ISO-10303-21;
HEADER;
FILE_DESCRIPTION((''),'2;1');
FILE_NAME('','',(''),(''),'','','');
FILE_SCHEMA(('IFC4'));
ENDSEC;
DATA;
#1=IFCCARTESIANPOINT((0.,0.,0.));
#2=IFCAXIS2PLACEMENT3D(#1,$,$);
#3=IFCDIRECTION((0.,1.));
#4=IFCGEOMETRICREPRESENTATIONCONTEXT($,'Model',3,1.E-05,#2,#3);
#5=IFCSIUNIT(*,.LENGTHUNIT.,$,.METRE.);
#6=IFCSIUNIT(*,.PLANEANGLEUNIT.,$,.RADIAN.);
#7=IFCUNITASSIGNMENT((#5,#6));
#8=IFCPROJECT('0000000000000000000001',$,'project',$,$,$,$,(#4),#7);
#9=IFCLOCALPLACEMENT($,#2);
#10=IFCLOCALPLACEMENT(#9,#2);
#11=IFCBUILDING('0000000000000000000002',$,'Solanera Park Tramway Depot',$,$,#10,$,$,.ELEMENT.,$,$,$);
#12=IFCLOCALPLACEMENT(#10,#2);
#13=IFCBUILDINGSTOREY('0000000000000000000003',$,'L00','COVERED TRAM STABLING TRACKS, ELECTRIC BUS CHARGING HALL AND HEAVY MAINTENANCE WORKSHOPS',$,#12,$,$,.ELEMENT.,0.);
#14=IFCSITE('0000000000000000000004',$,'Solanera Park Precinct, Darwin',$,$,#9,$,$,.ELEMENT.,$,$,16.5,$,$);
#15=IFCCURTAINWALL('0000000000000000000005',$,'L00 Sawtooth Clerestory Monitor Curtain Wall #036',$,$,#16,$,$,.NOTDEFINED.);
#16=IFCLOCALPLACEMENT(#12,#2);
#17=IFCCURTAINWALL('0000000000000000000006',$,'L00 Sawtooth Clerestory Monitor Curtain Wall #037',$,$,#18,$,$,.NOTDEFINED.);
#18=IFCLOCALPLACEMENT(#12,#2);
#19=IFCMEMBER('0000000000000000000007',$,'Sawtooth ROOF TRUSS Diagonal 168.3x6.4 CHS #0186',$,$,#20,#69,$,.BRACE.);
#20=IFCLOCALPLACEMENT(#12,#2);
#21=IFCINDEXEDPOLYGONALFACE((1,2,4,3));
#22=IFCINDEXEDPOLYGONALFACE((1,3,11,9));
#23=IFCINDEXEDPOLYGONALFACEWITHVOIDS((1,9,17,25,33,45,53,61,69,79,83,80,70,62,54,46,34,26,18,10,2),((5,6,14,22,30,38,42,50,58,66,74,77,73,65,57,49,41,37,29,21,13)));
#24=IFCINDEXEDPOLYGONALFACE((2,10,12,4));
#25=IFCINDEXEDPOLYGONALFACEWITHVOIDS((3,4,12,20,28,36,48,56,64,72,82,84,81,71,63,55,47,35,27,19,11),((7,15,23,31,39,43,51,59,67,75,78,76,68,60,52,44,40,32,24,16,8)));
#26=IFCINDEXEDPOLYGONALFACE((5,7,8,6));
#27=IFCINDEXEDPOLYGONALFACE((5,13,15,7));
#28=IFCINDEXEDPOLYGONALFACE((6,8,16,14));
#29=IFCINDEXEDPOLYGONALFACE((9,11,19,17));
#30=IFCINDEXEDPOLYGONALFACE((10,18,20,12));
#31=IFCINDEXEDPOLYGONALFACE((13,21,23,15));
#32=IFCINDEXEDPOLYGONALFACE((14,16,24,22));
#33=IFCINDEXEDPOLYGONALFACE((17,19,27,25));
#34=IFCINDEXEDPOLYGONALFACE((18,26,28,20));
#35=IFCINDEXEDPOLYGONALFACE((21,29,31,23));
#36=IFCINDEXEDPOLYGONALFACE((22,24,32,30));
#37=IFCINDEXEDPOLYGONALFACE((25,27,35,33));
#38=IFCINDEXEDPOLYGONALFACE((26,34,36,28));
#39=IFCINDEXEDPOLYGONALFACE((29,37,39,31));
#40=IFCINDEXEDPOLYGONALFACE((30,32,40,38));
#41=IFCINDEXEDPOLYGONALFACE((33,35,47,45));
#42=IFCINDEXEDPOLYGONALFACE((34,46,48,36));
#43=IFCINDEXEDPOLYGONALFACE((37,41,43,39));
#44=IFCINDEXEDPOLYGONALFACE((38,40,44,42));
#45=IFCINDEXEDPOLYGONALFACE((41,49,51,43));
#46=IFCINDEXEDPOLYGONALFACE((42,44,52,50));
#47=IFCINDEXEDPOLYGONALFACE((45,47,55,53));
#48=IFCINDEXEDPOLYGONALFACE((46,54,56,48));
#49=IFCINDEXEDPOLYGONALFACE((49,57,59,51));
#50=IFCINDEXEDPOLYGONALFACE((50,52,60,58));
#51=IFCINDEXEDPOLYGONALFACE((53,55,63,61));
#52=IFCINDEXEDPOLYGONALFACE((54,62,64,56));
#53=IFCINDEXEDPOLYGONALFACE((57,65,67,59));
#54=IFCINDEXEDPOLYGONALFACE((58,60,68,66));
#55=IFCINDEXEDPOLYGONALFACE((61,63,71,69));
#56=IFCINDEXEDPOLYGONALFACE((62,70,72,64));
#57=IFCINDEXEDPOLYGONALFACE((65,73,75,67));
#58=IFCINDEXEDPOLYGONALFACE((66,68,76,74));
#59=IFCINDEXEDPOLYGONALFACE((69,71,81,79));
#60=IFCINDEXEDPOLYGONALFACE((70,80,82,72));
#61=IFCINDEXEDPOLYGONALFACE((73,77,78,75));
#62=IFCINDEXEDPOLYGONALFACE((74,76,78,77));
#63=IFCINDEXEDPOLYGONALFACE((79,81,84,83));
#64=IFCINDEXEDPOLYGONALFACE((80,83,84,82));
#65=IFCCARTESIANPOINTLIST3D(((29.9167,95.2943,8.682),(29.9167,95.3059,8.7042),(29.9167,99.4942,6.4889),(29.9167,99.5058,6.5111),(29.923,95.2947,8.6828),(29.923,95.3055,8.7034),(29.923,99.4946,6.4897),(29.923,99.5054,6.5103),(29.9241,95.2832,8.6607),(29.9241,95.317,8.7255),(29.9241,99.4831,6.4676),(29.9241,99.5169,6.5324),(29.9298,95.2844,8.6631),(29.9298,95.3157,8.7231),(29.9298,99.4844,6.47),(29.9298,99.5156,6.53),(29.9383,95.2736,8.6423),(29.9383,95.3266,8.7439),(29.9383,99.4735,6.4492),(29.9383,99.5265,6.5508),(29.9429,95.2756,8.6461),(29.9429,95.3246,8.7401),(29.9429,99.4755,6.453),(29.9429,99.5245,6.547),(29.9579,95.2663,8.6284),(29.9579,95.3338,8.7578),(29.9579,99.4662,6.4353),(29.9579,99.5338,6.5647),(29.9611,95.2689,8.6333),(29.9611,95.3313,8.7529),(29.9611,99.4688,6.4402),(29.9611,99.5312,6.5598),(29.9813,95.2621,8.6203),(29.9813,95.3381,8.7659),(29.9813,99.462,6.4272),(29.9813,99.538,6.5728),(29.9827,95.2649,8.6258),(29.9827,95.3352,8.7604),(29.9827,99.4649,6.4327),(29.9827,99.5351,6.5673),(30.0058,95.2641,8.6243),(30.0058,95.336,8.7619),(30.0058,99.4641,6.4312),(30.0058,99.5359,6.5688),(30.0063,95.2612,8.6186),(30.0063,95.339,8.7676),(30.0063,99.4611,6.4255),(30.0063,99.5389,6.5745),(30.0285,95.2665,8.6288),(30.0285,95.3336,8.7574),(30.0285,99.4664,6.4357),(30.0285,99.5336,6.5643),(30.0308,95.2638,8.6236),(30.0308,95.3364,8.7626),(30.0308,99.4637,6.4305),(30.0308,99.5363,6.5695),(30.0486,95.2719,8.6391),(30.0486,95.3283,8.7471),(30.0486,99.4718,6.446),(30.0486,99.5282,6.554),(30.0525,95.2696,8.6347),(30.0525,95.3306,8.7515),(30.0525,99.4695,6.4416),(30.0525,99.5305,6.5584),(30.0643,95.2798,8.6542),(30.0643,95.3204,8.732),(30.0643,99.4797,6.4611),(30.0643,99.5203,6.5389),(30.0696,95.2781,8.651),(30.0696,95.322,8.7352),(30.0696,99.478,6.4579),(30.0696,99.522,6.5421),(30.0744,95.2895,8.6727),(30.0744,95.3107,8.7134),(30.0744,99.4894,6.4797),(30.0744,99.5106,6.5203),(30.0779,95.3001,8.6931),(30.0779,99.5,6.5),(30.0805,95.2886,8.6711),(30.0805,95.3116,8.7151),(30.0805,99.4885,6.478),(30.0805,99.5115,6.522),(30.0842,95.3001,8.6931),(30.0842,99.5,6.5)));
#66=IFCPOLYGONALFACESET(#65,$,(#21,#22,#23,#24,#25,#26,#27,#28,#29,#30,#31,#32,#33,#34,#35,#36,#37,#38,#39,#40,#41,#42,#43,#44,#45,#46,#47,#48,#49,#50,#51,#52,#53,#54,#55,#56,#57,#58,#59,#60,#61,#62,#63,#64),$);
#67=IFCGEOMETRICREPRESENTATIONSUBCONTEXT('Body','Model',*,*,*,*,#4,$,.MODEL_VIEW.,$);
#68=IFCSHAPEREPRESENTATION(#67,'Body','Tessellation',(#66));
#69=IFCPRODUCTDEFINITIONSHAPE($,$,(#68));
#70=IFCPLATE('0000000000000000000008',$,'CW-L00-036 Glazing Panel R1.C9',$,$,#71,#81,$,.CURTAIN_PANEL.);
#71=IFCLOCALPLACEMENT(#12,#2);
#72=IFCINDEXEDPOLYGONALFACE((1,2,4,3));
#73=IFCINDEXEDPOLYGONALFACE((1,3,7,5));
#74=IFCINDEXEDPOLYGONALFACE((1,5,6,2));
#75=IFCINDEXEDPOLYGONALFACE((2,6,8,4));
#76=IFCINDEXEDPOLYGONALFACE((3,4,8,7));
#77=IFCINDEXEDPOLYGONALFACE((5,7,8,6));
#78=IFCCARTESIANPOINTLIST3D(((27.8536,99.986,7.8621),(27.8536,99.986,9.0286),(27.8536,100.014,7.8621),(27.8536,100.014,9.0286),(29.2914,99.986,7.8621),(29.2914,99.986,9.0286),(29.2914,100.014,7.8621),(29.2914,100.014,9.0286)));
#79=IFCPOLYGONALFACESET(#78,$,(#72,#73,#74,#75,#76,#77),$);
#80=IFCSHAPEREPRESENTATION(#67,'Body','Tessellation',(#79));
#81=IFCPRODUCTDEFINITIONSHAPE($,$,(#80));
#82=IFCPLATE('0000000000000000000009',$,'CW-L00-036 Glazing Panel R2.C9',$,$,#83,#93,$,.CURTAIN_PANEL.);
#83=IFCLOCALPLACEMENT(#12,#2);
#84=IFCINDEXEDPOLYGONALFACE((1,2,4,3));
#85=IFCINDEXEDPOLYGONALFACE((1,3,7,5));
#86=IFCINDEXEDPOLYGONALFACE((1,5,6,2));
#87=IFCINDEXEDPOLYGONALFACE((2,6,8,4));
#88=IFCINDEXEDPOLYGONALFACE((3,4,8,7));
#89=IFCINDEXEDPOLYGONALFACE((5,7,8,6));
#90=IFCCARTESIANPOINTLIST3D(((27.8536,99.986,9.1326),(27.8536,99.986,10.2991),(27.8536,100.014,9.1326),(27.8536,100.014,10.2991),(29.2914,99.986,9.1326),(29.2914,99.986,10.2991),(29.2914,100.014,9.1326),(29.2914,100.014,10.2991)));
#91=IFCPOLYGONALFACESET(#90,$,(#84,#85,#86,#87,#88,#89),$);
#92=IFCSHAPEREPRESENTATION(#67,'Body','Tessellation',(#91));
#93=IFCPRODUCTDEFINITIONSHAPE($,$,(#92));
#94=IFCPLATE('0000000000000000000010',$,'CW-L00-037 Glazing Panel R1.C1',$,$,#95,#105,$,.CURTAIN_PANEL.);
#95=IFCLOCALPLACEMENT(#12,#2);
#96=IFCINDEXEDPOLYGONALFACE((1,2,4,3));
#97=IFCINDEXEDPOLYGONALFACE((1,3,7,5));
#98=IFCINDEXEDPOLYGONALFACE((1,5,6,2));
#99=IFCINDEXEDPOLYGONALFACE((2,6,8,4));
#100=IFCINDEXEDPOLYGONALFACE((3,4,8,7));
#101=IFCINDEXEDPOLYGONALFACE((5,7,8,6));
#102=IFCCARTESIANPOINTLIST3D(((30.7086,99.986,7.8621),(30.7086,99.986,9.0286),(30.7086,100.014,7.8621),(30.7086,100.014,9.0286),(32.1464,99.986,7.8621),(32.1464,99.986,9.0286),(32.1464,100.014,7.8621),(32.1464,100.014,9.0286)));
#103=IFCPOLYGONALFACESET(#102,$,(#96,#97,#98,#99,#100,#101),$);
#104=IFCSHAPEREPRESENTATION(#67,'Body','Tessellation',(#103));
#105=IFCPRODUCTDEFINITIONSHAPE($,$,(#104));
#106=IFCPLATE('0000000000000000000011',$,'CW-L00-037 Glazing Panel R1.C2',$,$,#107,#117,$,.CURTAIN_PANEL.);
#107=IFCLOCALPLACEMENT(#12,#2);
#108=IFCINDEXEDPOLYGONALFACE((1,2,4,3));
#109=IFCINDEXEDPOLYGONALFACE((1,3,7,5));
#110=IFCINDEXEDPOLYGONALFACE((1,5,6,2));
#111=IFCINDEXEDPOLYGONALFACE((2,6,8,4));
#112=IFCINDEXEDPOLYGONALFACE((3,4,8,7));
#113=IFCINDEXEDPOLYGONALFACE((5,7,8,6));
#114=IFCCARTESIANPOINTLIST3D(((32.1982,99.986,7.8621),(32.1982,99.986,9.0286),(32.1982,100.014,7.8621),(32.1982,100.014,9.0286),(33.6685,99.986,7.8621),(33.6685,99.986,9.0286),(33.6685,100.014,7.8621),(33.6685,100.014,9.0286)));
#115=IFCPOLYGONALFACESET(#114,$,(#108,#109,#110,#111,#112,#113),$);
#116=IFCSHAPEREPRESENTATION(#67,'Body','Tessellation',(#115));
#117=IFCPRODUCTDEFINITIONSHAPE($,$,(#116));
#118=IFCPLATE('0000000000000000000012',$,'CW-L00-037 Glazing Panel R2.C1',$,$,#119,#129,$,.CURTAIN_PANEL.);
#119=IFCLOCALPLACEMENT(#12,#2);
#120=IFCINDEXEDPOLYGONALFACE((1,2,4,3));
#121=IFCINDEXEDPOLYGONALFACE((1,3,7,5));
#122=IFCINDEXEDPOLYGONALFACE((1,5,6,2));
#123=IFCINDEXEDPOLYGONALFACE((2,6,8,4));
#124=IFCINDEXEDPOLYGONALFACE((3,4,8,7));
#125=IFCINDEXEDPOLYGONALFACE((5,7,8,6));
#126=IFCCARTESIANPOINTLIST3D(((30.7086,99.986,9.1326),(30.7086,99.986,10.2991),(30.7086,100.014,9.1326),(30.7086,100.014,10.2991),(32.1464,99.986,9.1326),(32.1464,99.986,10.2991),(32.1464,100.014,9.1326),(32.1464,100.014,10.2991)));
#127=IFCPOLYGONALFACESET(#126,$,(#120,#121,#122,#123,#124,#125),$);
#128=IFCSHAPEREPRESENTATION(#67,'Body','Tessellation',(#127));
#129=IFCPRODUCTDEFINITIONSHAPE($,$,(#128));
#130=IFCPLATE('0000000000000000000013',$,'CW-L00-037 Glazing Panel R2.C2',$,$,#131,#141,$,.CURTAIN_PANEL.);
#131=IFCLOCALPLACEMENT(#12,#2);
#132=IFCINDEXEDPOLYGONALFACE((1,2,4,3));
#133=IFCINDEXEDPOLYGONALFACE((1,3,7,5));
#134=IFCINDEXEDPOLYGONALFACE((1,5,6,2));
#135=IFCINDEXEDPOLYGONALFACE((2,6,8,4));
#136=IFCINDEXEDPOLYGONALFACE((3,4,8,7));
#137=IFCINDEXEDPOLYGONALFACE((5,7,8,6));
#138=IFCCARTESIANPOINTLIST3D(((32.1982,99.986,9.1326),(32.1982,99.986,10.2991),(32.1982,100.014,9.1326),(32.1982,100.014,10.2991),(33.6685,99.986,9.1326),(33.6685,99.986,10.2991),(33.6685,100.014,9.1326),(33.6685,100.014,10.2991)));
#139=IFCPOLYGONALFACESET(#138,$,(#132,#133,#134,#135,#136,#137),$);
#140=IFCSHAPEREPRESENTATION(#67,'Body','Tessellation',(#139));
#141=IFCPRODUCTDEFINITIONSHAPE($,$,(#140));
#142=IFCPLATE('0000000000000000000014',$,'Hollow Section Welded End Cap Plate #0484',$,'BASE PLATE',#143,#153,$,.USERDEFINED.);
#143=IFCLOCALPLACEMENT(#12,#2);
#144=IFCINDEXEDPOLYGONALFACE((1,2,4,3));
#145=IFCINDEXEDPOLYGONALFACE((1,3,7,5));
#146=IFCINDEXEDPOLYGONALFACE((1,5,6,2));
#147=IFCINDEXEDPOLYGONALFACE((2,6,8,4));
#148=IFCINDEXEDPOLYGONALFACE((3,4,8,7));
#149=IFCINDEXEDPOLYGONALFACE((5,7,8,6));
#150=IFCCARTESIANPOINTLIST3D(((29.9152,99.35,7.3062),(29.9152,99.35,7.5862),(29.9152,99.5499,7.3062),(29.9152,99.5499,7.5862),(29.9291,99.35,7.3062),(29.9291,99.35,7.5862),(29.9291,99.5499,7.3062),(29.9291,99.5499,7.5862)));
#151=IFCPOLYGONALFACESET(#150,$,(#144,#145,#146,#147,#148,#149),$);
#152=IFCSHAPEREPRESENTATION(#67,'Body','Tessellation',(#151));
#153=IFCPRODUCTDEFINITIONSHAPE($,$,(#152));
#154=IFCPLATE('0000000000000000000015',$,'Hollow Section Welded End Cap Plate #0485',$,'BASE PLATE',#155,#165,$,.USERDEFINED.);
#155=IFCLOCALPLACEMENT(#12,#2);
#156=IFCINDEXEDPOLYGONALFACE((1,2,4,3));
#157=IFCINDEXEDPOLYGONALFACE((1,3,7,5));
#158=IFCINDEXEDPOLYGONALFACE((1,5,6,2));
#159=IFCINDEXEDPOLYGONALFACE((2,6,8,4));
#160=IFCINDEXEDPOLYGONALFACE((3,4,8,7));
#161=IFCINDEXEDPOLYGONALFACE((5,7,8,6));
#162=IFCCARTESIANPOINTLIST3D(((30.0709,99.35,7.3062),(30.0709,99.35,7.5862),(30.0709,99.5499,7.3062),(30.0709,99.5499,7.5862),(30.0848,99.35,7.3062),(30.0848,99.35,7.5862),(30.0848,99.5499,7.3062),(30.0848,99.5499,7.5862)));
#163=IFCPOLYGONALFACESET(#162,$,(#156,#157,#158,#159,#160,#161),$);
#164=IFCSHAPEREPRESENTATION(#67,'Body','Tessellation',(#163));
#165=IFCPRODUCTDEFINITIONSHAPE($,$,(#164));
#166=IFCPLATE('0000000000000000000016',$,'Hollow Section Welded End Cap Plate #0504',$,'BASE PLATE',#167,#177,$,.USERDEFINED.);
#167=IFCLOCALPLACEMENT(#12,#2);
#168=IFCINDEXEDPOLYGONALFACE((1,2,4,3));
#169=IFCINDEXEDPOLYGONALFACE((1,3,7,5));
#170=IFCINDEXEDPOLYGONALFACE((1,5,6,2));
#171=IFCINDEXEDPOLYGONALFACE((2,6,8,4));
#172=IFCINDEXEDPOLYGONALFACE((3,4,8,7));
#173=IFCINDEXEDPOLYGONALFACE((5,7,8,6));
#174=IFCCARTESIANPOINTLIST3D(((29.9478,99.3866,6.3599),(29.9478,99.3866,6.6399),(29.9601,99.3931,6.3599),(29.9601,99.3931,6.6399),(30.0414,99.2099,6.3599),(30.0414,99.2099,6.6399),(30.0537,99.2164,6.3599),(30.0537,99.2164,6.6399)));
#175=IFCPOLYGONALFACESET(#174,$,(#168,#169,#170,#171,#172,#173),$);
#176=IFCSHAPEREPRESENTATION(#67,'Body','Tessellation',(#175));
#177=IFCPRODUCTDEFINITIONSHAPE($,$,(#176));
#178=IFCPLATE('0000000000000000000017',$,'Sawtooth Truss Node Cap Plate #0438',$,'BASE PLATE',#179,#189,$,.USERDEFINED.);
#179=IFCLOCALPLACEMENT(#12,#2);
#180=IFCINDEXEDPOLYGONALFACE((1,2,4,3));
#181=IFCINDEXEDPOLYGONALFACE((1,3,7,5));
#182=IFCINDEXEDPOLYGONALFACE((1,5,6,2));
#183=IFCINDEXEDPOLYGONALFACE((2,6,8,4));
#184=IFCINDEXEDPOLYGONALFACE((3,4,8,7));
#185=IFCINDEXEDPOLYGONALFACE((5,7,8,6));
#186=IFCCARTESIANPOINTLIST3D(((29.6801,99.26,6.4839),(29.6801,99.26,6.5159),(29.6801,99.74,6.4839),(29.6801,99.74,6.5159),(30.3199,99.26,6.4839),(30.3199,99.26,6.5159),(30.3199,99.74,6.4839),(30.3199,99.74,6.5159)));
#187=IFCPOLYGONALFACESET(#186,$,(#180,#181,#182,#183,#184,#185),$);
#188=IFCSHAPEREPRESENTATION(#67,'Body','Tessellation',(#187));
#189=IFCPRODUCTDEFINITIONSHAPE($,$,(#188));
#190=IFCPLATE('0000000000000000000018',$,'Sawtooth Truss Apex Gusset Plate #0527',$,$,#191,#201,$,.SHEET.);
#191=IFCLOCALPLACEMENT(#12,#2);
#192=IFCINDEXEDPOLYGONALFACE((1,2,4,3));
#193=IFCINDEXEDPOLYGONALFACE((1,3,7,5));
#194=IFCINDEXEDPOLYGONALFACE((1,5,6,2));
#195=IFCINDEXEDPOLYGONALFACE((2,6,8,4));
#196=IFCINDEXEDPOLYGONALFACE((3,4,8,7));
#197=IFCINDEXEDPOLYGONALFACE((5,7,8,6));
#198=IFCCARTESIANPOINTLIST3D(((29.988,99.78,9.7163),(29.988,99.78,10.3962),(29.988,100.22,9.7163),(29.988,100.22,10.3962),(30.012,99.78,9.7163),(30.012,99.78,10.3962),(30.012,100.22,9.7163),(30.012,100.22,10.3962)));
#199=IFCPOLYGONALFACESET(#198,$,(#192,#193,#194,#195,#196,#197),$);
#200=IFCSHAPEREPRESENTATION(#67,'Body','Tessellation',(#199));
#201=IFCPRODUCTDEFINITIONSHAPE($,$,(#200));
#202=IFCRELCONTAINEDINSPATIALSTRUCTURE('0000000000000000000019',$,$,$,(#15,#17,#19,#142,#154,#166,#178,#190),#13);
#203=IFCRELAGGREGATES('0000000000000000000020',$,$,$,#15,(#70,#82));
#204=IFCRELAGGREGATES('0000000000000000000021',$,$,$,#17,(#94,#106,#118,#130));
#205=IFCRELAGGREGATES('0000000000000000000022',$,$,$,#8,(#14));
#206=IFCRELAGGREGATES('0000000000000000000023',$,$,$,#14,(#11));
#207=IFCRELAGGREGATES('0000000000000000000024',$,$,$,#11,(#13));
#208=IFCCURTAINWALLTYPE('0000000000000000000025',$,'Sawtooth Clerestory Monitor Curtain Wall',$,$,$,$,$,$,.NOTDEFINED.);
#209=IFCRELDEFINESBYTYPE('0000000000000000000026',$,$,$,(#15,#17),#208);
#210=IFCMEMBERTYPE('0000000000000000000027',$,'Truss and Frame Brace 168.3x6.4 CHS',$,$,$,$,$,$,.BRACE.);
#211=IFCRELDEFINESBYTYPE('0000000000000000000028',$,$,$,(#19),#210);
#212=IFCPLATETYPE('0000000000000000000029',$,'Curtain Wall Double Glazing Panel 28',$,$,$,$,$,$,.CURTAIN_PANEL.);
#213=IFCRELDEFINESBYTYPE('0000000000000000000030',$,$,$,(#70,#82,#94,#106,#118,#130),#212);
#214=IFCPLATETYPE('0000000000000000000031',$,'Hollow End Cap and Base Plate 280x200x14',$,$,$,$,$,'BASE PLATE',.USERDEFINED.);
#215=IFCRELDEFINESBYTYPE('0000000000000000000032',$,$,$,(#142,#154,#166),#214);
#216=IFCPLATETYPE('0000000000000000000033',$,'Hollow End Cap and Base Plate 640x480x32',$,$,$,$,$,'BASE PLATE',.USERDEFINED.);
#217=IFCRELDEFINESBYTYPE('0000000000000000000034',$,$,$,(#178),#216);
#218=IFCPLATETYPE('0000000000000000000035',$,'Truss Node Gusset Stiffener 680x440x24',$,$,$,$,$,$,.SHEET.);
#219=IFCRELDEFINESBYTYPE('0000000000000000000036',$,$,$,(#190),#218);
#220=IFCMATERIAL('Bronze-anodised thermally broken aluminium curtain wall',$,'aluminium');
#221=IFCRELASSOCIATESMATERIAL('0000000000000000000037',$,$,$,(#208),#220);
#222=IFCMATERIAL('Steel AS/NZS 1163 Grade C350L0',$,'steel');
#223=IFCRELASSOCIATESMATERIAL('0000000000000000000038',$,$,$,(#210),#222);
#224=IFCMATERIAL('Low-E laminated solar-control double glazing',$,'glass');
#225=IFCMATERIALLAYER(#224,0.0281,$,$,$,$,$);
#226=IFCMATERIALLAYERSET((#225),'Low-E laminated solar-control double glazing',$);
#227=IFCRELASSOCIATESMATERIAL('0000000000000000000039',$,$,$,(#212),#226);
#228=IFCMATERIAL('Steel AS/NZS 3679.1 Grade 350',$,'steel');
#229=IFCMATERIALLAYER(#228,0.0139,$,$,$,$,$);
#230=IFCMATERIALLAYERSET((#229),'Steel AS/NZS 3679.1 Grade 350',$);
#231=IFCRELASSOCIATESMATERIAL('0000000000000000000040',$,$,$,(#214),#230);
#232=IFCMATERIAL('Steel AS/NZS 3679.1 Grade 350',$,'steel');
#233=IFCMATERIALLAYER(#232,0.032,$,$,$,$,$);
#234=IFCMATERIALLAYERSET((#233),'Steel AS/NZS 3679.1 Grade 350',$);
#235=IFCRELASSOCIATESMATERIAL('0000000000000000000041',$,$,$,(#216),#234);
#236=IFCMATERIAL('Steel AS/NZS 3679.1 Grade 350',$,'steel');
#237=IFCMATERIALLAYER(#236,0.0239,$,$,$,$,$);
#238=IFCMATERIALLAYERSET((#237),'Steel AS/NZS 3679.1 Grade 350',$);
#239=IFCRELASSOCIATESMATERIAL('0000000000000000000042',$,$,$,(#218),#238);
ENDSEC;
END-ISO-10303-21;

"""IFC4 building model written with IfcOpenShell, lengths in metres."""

from ifc_helpers import new_model, si_unit, direction, frame, origin, origin_2d, place, context, subcontext, project, spatial, rectangle, hollow_circle, extrude, material, layer, layer_set, material_profile, profile_set, type_object, element, aggregate, save


model = new_model("IFC4")

# Units and contexts
model_context = context("Model", 3, precision=1e-05, world=origin(), true_north=direction((0.0, 1.0)))
body_context = subcontext(model_context, "Body", "Model", "MODEL_VIEW")
ifc_project = project(units=[si_unit("LENGTHUNIT", "METRE"), si_unit("PLANEANGLEUNIT", "RADIAN")], contexts=[model_context])

# Site, building, storey
site_placement = place(None, origin())
site = spatial("IfcSite", under=ifc_project, at=site_placement, Name="Solanera Park Precinct, Darwin", CompositionType="ELEMENT", RefElevation=16.5)
building_placement = place(site_placement, origin())
building = spatial("IfcBuilding", under=site, at=building_placement, Name="Solanera Park Tramway Depot", CompositionType="ELEMENT")
storey_placement = place(building_placement, origin())
storey = spatial("IfcBuildingStorey", under=building, at=storey_placement, Name="L00", Description="COVERED TRAM STABLING TRACKS, ELECTRIC BUS CHARGING HALL AND HEAVY MAINTENANCE WORKSHOPS", CompositionType="ELEMENT", Elevation=0.0)

# Curtain wall
ifc_material_1 = material(Name="Bronze-anodised thermally broken aluminium curtain wall", Category="aluminium")
curtain_wall_type = type_object("IfcCurtainWallType", Name="Sawtooth Clerestory Monitor Curtain Wall", PredefinedType="NOTDEFINED", material=ifc_material_1)
curtain_wall_1_placement = place(storey_placement, origin())
curtain_wall_1 = element("IfcCurtainWall", 1, at=curtain_wall_1_placement, inside=storey, type_object=curtain_wall_type, Name="L00 Sawtooth Clerestory Monitor Curtain Wall #036", PredefinedType="NOTDEFINED")

# Curtain wall
curtain_wall_2_placement = place(storey_placement, origin())
curtain_wall_2 = element("IfcCurtainWall", 2, at=curtain_wall_2_placement, inside=storey, type_object=curtain_wall_type, Name="L00 Sawtooth Clerestory Monitor Curtain Wall #037", PredefinedType="NOTDEFINED")

# Member
ifc_material_2 = material(Name="Steel AS/NZS 1163 Grade C350L0", Category="steel")
ifc_material_profile_1 = material_profile(ifc_material_2, hollow_circle(Radius=0.0842, WallThickness=0.0063, at=origin_2d()), Name="168.3x6.4 CHS")
ifc_profile_set_1 = profile_set([ifc_material_profile_1], Name="Steel AS/NZS 1163 Grade C350L0")
member_type_1 = type_object("IfcMemberType", Name="Truss and Frame Brace 168.3x6.4 CHS", PredefinedType="BRACE", material=ifc_profile_set_1)
member_1_placement = place(storey_placement, frame((30.0, 99.5, 6.5), z_axis=(0.0, -0.886426, 0.462871), x_axis=(1.0, 0.0, 0.0)))
element("IfcMember", 3, at=member_1_placement, inside=storey, type_object=member_type_1, Name="Sawtooth ROOF TRUSS Diagonal 168.3x6.4 CHS #0186", PredefinedType="BRACE", context=body_context, shape_type="SweptSolid", body=[
    extrude(hollow_circle(Radius=0.0842, WallThickness=0.0063, at=origin_2d()), origin(), (0.0, 0.0, 1.0), 4.738),
])

# Plates
ifc_material_3 = material(Name="Low-E laminated solar-control double glazing", Category="glass")
ifc_layer_1 = layer(ifc_material_3, 0.0281)
ifc_layer_set_1 = layer_set([ifc_layer_1], Name="Low-E laminated solar-control double glazing")
plate_type_1 = type_object("IfcPlateType", Name="Curtain Wall Double Glazing Panel 28", PredefinedType="CURTAIN_PANEL", material=ifc_layer_set_1)
plate_1_placement = place(storey_placement, frame((28.5725, 100.0, 7.8621), z_axis=(0.0, 0.0, 1.0), x_axis=(1.0, 0.0, 0.0)))
plate_1 = element("IfcPlate", 4, at=plate_1_placement, type_object=plate_type_1, Name="CW-L00-036 Glazing Panel R1.C9", PredefinedType="CURTAIN_PANEL", context=body_context, shape_type="SweptSolid", body=[
    extrude(rectangle(XDim=1.4377, YDim=0.0281, at=origin_2d()), origin(), (0.0, 0.0, 1.0), 1.1665),
])
plate_2_placement = place(storey_placement, frame((28.5725, 100.0, 9.1326), z_axis=(0.0, 0.0, 1.0), x_axis=(1.0, 0.0, 0.0)))
plate_2 = element("IfcPlate", 5, at=plate_2_placement, type_object=plate_type_1, Name="CW-L00-036 Glazing Panel R2.C9", PredefinedType="CURTAIN_PANEL", context=body_context, shape_type="SweptSolid", body=[
    extrude(rectangle(XDim=1.4377, YDim=0.0281, at=origin_2d()), origin(), (0.0, 0.0, 1.0), 1.1665),
])
aggregate(curtain_wall_1, [plate_1, plate_2])
plate_3_placement = place(storey_placement, frame((31.4275, 100.0, 7.8621), z_axis=(0.0, 0.0, 1.0), x_axis=(1.0, 0.0, 0.0)))
plate_3 = element("IfcPlate", 6, at=plate_3_placement, type_object=plate_type_1, Name="CW-L00-037 Glazing Panel R1.C1", PredefinedType="CURTAIN_PANEL", context=body_context, shape_type="SweptSolid", body=[
    extrude(rectangle(XDim=1.4377, YDim=0.0281, at=origin_2d()), origin(), (0.0, 0.0, 1.0), 1.1665),
])
plate_4_placement = place(storey_placement, frame((32.9333, 100.0, 7.8621), z_axis=(0.0, 0.0, 1.0), x_axis=(1.0, 0.0, 0.0)))
plate_4 = element("IfcPlate", 7, at=plate_4_placement, type_object=plate_type_1, Name="CW-L00-037 Glazing Panel R1.C2", PredefinedType="CURTAIN_PANEL", context=body_context, shape_type="SweptSolid", body=[
    extrude(rectangle(XDim=1.4702, YDim=0.0281, at=origin_2d()), origin(), (0.0, 0.0, 1.0), 1.1665),
])
plate_5_placement = place(storey_placement, frame((31.4275, 100.0, 9.1326), z_axis=(0.0, 0.0, 1.0), x_axis=(1.0, 0.0, 0.0)))
plate_5 = element("IfcPlate", 8, at=plate_5_placement, type_object=plate_type_1, Name="CW-L00-037 Glazing Panel R2.C1", PredefinedType="CURTAIN_PANEL", context=body_context, shape_type="SweptSolid", body=[
    extrude(rectangle(XDim=1.4377, YDim=0.0281, at=origin_2d()), origin(), (0.0, 0.0, 1.0), 1.1665),
])
plate_6_placement = place(storey_placement, frame((32.9333, 100.0, 9.1326), z_axis=(0.0, 0.0, 1.0), x_axis=(1.0, 0.0, 0.0)))
plate_6 = element("IfcPlate", 9, at=plate_6_placement, type_object=plate_type_1, Name="CW-L00-037 Glazing Panel R2.C2", PredefinedType="CURTAIN_PANEL", context=body_context, shape_type="SweptSolid", body=[
    extrude(rectangle(XDim=1.4702, YDim=0.0281, at=origin_2d()), origin(), (0.0, 0.0, 1.0), 1.1665),
])
aggregate(curtain_wall_2, [plate_3, plate_4, plate_5, plate_6])

# Plates
ifc_material_4 = material(Name="Steel AS/NZS 3679.1 Grade 350", Category="steel")
ifc_layer_2 = layer(ifc_material_4, 0.0139)
ifc_layer_set_2 = layer_set([ifc_layer_2], Name="Steel AS/NZS 3679.1 Grade 350")
plate_type_2 = type_object("IfcPlateType", Name="Hollow End Cap and Base Plate 280x200x14", ElementType="BASE PLATE", PredefinedType="USERDEFINED", material=ifc_layer_set_2)
for number, where, z_axis, x_axis, name in (
    (10, (29.9221, 99.45, 7.3062), (0.0, 0.0, 1.0), (1.0, 0.0, 0.0), "Hollow Section Welded End Cap Plate #0484"),
    (11, (30.0779, 99.45, 7.3062), (0.0, 0.0, 1.0), (1.0, 0.0, 0.0), "Hollow Section Welded End Cap Plate #0485"),
    (12, (30.0007, 99.3015, 6.3599), (0.0, 0.0, 1.0), (0.883521, 0.468392, 0.0), "Hollow Section Welded End Cap Plate #0504"),
):
    element("IfcPlate", number, at=place(storey_placement, frame(where, z_axis=z_axis, x_axis=x_axis)), inside=storey, type_object=plate_type_2, Name=name, ObjectType="BASE PLATE", PredefinedType="USERDEFINED", context=body_context, shape_type="SweptSolid", body=[
        extrude(rectangle(XDim=0.0139, YDim=0.2, at=origin_2d()), origin(), (0.0, 0.0, 1.0), 0.28),
    ])
ifc_material_5 = material(Name="Steel AS/NZS 3679.1 Grade 350", Category="steel")
ifc_layer_3 = layer(ifc_material_5, 0.032)
ifc_layer_set_3 = layer_set([ifc_layer_3], Name="Steel AS/NZS 3679.1 Grade 350")
plate_type_3 = type_object("IfcPlateType", Name="Hollow End Cap and Base Plate 640x480x32", ElementType="BASE PLATE", PredefinedType="USERDEFINED", material=ifc_layer_set_3)
plate_7_placement = place(storey_placement, frame((30.0, 99.5, 6.4839), z_axis=(0.0, 0.0, 1.0), x_axis=(1.0, 0.0, 0.0)))
element("IfcPlate", 13, at=plate_7_placement, inside=storey, type_object=plate_type_3, Name="Sawtooth Truss Node Cap Plate #0438", ObjectType="BASE PLATE", PredefinedType="USERDEFINED", context=body_context, shape_type="SweptSolid", body=[
    extrude(rectangle(XDim=0.6399, YDim=0.48, at=origin_2d()), origin(), (0.0, 0.0, 1.0), 0.032),
])
ifc_material_6 = material(Name="Steel AS/NZS 3679.1 Grade 350", Category="steel")
ifc_layer_4 = layer(ifc_material_6, 0.0239)
ifc_layer_set_4 = layer_set([ifc_layer_4], Name="Steel AS/NZS 3679.1 Grade 350")
plate_type_4 = type_object("IfcPlateType", Name="Truss Node Gusset Stiffener 680x440x24", PredefinedType="SHEET", material=ifc_layer_set_4)
plate_8_placement = place(storey_placement, frame((30.0, 100.0, 9.7163), z_axis=(0.0, 0.0, 1.0), x_axis=(1.0, 0.0, 0.0)))
element("IfcPlate", 14, at=plate_8_placement, inside=storey, type_object=plate_type_4, Name="Sawtooth Truss Apex Gusset Plate #0527", PredefinedType="SHEET", context=body_context, shape_type="SweptSolid", body=[
    extrude(rectangle(XDim=0.0239, YDim=0.4399, at=origin_2d()), origin(), (0.0, 0.0, 1.0), 0.6799),
])

save(model, "model.ifc")
